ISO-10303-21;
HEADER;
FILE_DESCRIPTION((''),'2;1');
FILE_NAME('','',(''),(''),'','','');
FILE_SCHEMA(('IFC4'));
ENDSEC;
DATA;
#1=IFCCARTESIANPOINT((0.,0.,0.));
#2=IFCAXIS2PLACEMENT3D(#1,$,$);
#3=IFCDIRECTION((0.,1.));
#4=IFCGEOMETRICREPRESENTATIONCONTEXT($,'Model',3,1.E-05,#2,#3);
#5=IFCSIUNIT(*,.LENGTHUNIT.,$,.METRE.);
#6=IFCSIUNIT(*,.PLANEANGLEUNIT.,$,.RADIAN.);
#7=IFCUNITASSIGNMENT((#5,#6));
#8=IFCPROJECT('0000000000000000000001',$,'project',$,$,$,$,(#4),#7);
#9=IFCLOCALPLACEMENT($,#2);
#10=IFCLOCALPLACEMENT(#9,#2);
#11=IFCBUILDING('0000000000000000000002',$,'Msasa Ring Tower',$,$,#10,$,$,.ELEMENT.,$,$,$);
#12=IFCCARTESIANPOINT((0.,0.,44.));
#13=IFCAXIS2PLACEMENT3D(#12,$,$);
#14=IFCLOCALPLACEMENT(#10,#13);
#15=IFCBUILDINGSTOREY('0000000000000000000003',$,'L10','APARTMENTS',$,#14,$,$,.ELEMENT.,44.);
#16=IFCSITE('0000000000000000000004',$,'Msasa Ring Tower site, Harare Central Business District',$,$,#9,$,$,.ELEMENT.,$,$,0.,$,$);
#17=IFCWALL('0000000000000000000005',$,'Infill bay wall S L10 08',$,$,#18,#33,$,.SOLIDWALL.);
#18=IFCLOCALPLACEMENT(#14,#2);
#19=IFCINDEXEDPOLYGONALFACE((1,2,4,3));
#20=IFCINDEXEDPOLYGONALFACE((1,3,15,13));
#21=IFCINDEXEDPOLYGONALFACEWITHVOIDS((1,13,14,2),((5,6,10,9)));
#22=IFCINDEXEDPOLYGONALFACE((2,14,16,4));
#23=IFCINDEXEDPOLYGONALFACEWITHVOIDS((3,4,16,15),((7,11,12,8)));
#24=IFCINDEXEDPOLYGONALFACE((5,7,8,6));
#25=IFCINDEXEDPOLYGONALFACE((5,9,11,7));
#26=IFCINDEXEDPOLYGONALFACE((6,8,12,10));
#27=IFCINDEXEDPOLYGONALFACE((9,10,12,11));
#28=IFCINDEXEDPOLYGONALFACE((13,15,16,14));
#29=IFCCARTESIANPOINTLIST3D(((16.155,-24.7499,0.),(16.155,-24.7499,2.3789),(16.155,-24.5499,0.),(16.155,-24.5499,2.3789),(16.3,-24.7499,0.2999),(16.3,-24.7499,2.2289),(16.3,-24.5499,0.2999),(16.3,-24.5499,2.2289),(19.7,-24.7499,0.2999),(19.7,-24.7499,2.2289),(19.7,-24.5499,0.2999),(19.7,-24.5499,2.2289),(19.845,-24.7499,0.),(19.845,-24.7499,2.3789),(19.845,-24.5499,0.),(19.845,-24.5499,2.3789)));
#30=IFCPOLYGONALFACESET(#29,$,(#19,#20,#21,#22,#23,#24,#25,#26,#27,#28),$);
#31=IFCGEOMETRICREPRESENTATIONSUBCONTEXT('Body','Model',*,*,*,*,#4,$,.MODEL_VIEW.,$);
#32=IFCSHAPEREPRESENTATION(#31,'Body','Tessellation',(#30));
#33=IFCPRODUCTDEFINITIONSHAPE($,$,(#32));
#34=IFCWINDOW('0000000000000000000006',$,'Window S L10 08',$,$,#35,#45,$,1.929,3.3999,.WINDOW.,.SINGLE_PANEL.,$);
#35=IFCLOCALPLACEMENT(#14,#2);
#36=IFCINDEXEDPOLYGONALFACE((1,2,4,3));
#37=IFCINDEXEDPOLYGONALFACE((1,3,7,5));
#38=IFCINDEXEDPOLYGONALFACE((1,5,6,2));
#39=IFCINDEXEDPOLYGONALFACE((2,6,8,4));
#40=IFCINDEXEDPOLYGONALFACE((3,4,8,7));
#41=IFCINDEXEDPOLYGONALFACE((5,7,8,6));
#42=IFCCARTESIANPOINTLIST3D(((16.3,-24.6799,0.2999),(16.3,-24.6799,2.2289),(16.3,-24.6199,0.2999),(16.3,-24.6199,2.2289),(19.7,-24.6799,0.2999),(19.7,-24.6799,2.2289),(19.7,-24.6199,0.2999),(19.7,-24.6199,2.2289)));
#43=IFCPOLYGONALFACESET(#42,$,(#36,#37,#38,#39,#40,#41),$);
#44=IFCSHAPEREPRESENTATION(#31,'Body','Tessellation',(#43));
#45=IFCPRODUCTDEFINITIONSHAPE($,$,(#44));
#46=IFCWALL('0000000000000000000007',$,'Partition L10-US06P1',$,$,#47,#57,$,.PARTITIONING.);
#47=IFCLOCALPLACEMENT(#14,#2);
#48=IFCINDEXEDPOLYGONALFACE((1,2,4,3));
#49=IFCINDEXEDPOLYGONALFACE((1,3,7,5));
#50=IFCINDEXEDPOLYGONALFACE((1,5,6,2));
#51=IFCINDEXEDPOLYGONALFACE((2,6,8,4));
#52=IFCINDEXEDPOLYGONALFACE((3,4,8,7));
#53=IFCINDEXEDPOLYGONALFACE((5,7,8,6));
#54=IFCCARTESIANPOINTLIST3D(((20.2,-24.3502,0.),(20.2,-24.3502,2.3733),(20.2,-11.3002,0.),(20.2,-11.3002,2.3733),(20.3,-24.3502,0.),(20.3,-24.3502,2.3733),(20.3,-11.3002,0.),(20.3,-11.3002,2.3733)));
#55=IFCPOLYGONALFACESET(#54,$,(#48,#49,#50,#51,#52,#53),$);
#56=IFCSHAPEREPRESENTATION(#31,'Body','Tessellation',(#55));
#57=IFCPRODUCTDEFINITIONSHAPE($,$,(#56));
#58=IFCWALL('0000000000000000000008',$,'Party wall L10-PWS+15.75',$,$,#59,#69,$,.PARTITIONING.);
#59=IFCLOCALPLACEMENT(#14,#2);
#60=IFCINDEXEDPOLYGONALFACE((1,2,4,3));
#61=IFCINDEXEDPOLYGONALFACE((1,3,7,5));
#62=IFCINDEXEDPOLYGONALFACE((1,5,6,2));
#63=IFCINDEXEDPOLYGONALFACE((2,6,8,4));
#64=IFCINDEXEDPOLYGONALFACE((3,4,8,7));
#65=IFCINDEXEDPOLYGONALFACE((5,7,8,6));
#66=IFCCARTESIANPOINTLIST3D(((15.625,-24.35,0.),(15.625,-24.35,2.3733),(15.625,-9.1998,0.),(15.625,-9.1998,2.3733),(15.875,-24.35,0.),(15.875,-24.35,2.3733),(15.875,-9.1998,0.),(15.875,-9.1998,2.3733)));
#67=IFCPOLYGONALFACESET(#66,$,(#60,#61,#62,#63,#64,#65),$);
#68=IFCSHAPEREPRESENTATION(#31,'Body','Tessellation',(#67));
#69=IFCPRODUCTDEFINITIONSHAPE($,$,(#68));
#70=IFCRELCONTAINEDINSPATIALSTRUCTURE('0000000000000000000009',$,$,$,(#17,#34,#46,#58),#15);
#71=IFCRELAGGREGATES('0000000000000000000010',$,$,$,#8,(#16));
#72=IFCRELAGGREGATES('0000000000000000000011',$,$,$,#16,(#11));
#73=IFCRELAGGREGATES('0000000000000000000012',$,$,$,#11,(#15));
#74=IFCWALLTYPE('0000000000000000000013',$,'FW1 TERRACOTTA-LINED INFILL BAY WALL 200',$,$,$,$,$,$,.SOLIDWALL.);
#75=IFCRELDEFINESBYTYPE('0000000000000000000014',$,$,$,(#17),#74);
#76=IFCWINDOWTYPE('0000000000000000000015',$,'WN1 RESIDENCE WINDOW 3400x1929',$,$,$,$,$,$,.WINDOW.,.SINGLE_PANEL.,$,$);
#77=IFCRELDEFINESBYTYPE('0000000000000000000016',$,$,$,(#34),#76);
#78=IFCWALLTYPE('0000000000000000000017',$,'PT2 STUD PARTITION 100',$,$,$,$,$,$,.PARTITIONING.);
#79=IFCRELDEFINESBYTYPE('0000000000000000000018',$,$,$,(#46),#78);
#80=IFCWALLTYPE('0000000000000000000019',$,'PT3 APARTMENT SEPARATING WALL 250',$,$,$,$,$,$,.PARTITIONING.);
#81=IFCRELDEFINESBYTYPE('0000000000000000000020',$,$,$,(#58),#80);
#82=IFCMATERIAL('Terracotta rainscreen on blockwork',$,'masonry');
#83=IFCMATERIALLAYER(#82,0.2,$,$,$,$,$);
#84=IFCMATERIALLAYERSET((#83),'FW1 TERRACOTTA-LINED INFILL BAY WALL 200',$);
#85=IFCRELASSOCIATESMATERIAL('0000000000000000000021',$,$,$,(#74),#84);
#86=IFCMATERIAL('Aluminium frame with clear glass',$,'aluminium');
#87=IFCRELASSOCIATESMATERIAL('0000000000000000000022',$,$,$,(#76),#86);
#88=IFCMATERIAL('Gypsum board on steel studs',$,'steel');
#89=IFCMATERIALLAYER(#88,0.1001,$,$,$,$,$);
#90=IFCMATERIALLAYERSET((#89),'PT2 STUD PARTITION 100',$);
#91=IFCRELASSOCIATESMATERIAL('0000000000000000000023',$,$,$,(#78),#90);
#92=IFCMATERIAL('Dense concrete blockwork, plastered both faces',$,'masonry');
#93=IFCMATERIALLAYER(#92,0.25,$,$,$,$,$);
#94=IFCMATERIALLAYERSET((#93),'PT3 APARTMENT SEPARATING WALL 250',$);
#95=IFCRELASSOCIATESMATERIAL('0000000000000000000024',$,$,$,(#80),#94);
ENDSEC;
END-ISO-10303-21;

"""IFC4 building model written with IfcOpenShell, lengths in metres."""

from ifc_helpers import new_model, si_unit, direction, frame, frame_2d, origin, place, context, subcontext, project, spatial, rectangle, extrude, material, layer, layer_set, type_object, element, fill, save


model = new_model("IFC4")

# Units and contexts
model_context = context("Model", 3, precision=1e-05, world=origin(), true_north=direction((0.0, 1.0)))
body_context = subcontext(model_context, "Body", "Model", "MODEL_VIEW")
ifc_project = project(units=[si_unit("LENGTHUNIT", "METRE"), si_unit("PLANEANGLEUNIT", "RADIAN")], contexts=[model_context])

# Site, building, storey
site_placement = place(None, origin())
site = spatial("IfcSite", under=ifc_project, at=site_placement, Name="Msasa Ring Tower site, Harare Central Business District", CompositionType="ELEMENT", RefElevation=0.0)
building_placement = place(site_placement, origin())
building = spatial("IfcBuilding", under=site, at=building_placement, Name="Msasa Ring Tower", CompositionType="ELEMENT")
storey_placement = place(building_placement, frame((0.0, 0.0, 44.0)))
storey = spatial("IfcBuildingStorey", under=building, at=storey_placement, Name="L10", Description="APARTMENTS", CompositionType="ELEMENT", Elevation=44.0)

# Wall, opening, window
ifc_material_1 = material(Name="Terracotta rainscreen on blockwork", Category="masonry")
ifc_layer_1 = layer(ifc_material_1, 0.2)
ifc_layer_set_1 = layer_set([ifc_layer_1], Name="FW1 TERRACOTTA-LINED INFILL BAY WALL 200")
wall_type_1 = type_object("IfcWallType", Name="FW1 TERRACOTTA-LINED INFILL BAY WALL 200", PredefinedType="SOLIDWALL", material=ifc_layer_set_1)
wall_1_placement = place(storey_placement, frame((16.155, -24.6499, 0.0), z_axis=(0.0, 0.0, 1.0), x_axis=(1.0, 0.0, 0.0)))
wall_1 = element("IfcWall", 1, at=wall_1_placement, inside=storey, type_object=wall_type_1, Name="Infill bay wall S L10 08", PredefinedType="SOLIDWALL", context=body_context, shape_type="SweptSolid", body=[
    extrude(rectangle(XDim=3.6899, YDim=0.2, at=frame_2d((1.845, 0.0))), origin(), (0.0, 0.0, 1.0), 2.3789),
])
opening_placement = place(wall_1_placement, frame((0.145, 0.0, 0.3)))
opening = element("IfcOpeningElement", 2, at=opening_placement, cuts=wall_1, PredefinedType="OPENING", context=body_context, shape_type="SweptSolid", body=[
    extrude(rectangle(XDim=3.3999, YDim=1.929, at=frame_2d((1.7, 0.9644))), frame((0.0, 0.1099, 0.0), z_axis=(0.0, -1.0, 0.0), x_axis=(1.0, 0.0, 0.0)), (0.0, 0.0, 1.0), 0.22),
])
ifc_material_2 = material(Name="Aluminium frame with clear glass", Category="aluminium")
window_type = type_object("IfcWindowType", Name="WN1 RESIDENCE WINDOW 3400x1929", PartitioningType="SINGLE_PANEL", PredefinedType="WINDOW", material=ifc_material_2)
window_placement = place(opening_placement, origin())
window = element("IfcWindow", 3, at=window_placement, inside=storey, type_object=window_type, Name="Window S L10 08", OverallHeight=1.929, OverallWidth=3.3999, PartitioningType="SINGLE_PANEL", PredefinedType="WINDOW", context=body_context, shape_type="SweptSolid", body=[
    extrude(rectangle(XDim=3.3999, YDim=1.929, at=frame_2d((1.7, 0.9644))), frame((0.0, 0.03, 0.0), z_axis=(0.0, -1.0, 0.0), x_axis=(1.0, 0.0, 0.0)), (0.0, 0.0, 1.0), 0.0601),
])
fill(opening, window)

# Walls
ifc_material_3 = material(Name="Gypsum board on steel studs", Category="steel")
ifc_layer_2 = layer(ifc_material_3, 0.1001)
ifc_layer_set_2 = layer_set([ifc_layer_2], Name="PT2 STUD PARTITION 100")
wall_type_2 = type_object("IfcWallType", Name="PT2 STUD PARTITION 100", PredefinedType="PARTITIONING", material=ifc_layer_set_2)
wall_2_placement = place(storey_placement, frame((20.25, -24.3501, 0.0), z_axis=(0.0, 0.0, 1.0), x_axis=(0.0, 1.0, 0.0)))
element("IfcWall", 4, at=wall_2_placement, inside=storey, type_object=wall_type_2, Name="Partition L10-US06P1", PredefinedType="PARTITIONING", context=body_context, shape_type="SweptSolid", body=[
    extrude(rectangle(XDim=13.05, YDim=0.1001, at=frame_2d((6.5249, 0.0))), origin(), (0.0, 0.0, 1.0), 2.3733),
])
ifc_material_4 = material(Name="Dense concrete blockwork, plastered both faces", Category="masonry")
ifc_layer_3 = layer(ifc_material_4, 0.25)
ifc_layer_set_3 = layer_set([ifc_layer_3], Name="PT3 APARTMENT SEPARATING WALL 250")
wall_type_3 = type_object("IfcWallType", Name="PT3 APARTMENT SEPARATING WALL 250", PredefinedType="PARTITIONING", material=ifc_layer_set_3)
wall_3_placement = place(storey_placement, frame((15.75, -24.3501, 0.0), z_axis=(0.0, 0.0, 1.0), x_axis=(0.0, 1.0, 0.0)))
element("IfcWall", 5, at=wall_3_placement, inside=storey, type_object=wall_type_3, Name="Party wall L10-PWS+15.75", PredefinedType="PARTITIONING", context=body_context, shape_type="SweptSolid", body=[
    extrude(rectangle(XDim=15.1501, YDim=0.25, at=frame_2d((7.5752, 0.0))), origin(), (0.0, 0.0, 1.0), 2.3733),
])

save(model, "model.ifc")
